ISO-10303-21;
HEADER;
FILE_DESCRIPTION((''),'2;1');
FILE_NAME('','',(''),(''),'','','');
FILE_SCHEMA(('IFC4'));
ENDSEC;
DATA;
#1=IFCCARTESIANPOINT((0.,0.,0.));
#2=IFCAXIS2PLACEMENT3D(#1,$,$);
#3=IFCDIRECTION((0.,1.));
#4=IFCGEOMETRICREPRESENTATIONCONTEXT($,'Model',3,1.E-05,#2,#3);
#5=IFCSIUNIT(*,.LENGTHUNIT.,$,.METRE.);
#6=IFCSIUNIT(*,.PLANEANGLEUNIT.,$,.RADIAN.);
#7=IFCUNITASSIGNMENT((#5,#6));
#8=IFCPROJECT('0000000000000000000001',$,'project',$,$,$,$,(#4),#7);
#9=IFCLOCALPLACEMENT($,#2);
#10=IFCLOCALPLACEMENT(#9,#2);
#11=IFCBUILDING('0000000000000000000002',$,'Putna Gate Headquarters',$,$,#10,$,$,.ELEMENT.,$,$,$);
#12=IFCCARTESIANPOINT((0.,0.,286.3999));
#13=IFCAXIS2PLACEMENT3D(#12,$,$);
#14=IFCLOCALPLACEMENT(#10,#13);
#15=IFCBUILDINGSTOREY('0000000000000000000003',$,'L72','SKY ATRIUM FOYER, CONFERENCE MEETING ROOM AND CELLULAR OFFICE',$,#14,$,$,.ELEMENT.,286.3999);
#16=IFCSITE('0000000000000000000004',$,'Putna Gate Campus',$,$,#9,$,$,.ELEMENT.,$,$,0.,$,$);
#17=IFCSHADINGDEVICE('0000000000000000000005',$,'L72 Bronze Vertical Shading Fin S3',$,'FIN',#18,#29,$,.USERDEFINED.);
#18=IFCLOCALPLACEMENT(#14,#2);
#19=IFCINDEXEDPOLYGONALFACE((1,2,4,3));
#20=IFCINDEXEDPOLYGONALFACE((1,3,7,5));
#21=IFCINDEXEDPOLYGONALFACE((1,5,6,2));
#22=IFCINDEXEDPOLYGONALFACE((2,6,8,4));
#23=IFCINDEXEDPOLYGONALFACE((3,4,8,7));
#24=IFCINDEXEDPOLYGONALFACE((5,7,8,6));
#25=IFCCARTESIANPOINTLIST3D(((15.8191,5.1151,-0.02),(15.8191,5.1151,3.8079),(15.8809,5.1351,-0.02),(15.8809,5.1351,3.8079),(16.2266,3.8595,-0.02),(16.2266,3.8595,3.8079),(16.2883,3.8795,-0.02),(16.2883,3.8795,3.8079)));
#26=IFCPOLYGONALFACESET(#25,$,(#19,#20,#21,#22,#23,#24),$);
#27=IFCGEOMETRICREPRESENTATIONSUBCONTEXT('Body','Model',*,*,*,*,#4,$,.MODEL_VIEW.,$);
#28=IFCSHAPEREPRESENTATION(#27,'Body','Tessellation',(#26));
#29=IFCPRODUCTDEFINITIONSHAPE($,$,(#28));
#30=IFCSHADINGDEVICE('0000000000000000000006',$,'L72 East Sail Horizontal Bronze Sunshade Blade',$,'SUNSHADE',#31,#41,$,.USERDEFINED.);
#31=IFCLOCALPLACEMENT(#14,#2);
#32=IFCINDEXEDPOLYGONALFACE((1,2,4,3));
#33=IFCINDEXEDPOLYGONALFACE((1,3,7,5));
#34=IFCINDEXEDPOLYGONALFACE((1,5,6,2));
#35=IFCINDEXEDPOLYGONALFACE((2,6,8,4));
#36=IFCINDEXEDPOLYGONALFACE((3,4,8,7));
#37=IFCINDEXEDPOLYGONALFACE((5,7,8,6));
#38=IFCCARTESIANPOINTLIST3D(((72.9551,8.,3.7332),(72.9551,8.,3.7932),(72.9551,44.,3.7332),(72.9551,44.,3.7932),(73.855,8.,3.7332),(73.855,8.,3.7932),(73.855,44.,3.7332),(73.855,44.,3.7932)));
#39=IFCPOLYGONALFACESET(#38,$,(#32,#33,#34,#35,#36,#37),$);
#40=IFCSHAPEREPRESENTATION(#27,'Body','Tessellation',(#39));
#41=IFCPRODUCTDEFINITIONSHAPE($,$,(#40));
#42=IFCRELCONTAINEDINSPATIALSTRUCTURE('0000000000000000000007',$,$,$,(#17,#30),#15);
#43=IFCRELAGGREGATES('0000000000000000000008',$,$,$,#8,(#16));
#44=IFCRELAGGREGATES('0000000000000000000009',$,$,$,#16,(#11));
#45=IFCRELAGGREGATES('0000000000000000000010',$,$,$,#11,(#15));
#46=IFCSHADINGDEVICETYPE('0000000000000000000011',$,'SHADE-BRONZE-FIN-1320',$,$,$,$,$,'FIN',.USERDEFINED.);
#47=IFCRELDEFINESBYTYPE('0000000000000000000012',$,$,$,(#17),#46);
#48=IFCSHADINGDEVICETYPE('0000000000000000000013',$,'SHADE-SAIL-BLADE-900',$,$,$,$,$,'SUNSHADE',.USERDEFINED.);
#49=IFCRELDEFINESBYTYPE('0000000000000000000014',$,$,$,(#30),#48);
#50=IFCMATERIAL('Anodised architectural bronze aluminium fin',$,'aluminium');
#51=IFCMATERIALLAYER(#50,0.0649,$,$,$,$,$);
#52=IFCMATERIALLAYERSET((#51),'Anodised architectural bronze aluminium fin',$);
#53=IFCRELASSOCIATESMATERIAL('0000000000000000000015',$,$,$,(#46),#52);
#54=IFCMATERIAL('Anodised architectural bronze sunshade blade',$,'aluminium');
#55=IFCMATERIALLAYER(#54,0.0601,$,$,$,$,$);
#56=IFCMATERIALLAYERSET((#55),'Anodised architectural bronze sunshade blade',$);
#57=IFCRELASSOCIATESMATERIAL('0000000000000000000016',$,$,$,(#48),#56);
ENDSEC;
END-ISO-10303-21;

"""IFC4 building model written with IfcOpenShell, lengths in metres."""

from ifc_helpers import new_model, si_unit, direction, frame, origin, origin_2d, place, context, subcontext, project, spatial, polyline, rectangle, outline, extrude, material, layer, layer_set, type_object, element, save


model = new_model("IFC4")

# Units and contexts
model_context = context("Model", 3, precision=1e-05, world=origin(), true_north=direction((0.0, 1.0)))
body_context = subcontext(model_context, "Body", "Model", "MODEL_VIEW")
ifc_project = project(units=[si_unit("LENGTHUNIT", "METRE"), si_unit("PLANEANGLEUNIT", "RADIAN")], contexts=[model_context])

# Site, building, storey
site_placement = place(None, origin())
site = spatial("IfcSite", under=ifc_project, at=site_placement, Name="Putna Gate Campus", CompositionType="ELEMENT", RefElevation=0.0)
building_placement = place(site_placement, origin())
building = spatial("IfcBuilding", under=site, at=building_placement, Name="Putna Gate Headquarters", CompositionType="ELEMENT")
storey_placement = place(building_placement, frame((0.0, 0.0, 286.3999)))
storey = spatial("IfcBuildingStorey", under=building, at=storey_placement, Name="L72", Description="SKY ATRIUM FOYER, CONFERENCE MEETING ROOM AND CELLULAR OFFICE", CompositionType="ELEMENT", Elevation=286.3999)

# Shading devices
ifc_material_1 = material(Name="Anodised architectural bronze aluminium fin", Category="aluminium")
ifc_layer_1 = layer(ifc_material_1, 0.0649)
ifc_layer_set_1 = layer_set([ifc_layer_1], Name="Anodised architectural bronze aluminium fin")
shading_device_type_1 = type_object("IfcShadingDeviceType", Name="SHADE-BRONZE-FIN-1320", ElementType="FIN", PredefinedType="USERDEFINED", material=ifc_layer_set_1)
for number, where, z_axis, x_axis, name in (
    (1, (16.0537, 4.4973, -0.02), (0.0, 0.0, 1.0), (0.308685, -0.951164, 0.0), "L72 Bronze Vertical Shading Fin S3"),
):
    element("IfcShadingDevice", number, at=place(storey_placement, frame(where, z_axis=z_axis, x_axis=x_axis)), inside=storey, type_object=shading_device_type_1, Name=name, ObjectType="FIN", PredefinedType="USERDEFINED", context=body_context, shape_type="SweptSolid", body=[
        extrude(rectangle(XDim=1.3201, YDim=0.0649, at=origin_2d()), origin(), (0.0, 0.0, 1.0), 3.8279),
    ])
ifc_material_2 = material(Name="Anodised architectural bronze sunshade blade", Category="aluminium")
ifc_layer_2 = layer(ifc_material_2, 0.0601)
ifc_layer_set_2 = layer_set([ifc_layer_2], Name="Anodised architectural bronze sunshade blade")
shading_device_type_2 = type_object("IfcShadingDeviceType", Name="SHADE-SAIL-BLADE-900", ElementType="SUNSHADE", PredefinedType="USERDEFINED", material=ifc_layer_set_2)
shading_device_placement = place(storey_placement, frame((0.0, 0.0, 3.7332)))
element("IfcShadingDevice", 2, at=shading_device_placement, inside=storey, type_object=shading_device_type_2, Name="L72 East Sail Horizontal Bronze Sunshade Blade", ObjectType="SUNSHADE", PredefinedType="USERDEFINED", context=body_context, shape_type="SweptSolid", body=[
    extrude(outline(polyline([(72.9551, 8.0), (73.855, 8.0), (73.855, 44.0), (72.9551, 44.0), (72.9551, 8.0)])), origin(), (0.0, 0.0, 1.0), 0.0601),
])

save(model, "model.ifc")
